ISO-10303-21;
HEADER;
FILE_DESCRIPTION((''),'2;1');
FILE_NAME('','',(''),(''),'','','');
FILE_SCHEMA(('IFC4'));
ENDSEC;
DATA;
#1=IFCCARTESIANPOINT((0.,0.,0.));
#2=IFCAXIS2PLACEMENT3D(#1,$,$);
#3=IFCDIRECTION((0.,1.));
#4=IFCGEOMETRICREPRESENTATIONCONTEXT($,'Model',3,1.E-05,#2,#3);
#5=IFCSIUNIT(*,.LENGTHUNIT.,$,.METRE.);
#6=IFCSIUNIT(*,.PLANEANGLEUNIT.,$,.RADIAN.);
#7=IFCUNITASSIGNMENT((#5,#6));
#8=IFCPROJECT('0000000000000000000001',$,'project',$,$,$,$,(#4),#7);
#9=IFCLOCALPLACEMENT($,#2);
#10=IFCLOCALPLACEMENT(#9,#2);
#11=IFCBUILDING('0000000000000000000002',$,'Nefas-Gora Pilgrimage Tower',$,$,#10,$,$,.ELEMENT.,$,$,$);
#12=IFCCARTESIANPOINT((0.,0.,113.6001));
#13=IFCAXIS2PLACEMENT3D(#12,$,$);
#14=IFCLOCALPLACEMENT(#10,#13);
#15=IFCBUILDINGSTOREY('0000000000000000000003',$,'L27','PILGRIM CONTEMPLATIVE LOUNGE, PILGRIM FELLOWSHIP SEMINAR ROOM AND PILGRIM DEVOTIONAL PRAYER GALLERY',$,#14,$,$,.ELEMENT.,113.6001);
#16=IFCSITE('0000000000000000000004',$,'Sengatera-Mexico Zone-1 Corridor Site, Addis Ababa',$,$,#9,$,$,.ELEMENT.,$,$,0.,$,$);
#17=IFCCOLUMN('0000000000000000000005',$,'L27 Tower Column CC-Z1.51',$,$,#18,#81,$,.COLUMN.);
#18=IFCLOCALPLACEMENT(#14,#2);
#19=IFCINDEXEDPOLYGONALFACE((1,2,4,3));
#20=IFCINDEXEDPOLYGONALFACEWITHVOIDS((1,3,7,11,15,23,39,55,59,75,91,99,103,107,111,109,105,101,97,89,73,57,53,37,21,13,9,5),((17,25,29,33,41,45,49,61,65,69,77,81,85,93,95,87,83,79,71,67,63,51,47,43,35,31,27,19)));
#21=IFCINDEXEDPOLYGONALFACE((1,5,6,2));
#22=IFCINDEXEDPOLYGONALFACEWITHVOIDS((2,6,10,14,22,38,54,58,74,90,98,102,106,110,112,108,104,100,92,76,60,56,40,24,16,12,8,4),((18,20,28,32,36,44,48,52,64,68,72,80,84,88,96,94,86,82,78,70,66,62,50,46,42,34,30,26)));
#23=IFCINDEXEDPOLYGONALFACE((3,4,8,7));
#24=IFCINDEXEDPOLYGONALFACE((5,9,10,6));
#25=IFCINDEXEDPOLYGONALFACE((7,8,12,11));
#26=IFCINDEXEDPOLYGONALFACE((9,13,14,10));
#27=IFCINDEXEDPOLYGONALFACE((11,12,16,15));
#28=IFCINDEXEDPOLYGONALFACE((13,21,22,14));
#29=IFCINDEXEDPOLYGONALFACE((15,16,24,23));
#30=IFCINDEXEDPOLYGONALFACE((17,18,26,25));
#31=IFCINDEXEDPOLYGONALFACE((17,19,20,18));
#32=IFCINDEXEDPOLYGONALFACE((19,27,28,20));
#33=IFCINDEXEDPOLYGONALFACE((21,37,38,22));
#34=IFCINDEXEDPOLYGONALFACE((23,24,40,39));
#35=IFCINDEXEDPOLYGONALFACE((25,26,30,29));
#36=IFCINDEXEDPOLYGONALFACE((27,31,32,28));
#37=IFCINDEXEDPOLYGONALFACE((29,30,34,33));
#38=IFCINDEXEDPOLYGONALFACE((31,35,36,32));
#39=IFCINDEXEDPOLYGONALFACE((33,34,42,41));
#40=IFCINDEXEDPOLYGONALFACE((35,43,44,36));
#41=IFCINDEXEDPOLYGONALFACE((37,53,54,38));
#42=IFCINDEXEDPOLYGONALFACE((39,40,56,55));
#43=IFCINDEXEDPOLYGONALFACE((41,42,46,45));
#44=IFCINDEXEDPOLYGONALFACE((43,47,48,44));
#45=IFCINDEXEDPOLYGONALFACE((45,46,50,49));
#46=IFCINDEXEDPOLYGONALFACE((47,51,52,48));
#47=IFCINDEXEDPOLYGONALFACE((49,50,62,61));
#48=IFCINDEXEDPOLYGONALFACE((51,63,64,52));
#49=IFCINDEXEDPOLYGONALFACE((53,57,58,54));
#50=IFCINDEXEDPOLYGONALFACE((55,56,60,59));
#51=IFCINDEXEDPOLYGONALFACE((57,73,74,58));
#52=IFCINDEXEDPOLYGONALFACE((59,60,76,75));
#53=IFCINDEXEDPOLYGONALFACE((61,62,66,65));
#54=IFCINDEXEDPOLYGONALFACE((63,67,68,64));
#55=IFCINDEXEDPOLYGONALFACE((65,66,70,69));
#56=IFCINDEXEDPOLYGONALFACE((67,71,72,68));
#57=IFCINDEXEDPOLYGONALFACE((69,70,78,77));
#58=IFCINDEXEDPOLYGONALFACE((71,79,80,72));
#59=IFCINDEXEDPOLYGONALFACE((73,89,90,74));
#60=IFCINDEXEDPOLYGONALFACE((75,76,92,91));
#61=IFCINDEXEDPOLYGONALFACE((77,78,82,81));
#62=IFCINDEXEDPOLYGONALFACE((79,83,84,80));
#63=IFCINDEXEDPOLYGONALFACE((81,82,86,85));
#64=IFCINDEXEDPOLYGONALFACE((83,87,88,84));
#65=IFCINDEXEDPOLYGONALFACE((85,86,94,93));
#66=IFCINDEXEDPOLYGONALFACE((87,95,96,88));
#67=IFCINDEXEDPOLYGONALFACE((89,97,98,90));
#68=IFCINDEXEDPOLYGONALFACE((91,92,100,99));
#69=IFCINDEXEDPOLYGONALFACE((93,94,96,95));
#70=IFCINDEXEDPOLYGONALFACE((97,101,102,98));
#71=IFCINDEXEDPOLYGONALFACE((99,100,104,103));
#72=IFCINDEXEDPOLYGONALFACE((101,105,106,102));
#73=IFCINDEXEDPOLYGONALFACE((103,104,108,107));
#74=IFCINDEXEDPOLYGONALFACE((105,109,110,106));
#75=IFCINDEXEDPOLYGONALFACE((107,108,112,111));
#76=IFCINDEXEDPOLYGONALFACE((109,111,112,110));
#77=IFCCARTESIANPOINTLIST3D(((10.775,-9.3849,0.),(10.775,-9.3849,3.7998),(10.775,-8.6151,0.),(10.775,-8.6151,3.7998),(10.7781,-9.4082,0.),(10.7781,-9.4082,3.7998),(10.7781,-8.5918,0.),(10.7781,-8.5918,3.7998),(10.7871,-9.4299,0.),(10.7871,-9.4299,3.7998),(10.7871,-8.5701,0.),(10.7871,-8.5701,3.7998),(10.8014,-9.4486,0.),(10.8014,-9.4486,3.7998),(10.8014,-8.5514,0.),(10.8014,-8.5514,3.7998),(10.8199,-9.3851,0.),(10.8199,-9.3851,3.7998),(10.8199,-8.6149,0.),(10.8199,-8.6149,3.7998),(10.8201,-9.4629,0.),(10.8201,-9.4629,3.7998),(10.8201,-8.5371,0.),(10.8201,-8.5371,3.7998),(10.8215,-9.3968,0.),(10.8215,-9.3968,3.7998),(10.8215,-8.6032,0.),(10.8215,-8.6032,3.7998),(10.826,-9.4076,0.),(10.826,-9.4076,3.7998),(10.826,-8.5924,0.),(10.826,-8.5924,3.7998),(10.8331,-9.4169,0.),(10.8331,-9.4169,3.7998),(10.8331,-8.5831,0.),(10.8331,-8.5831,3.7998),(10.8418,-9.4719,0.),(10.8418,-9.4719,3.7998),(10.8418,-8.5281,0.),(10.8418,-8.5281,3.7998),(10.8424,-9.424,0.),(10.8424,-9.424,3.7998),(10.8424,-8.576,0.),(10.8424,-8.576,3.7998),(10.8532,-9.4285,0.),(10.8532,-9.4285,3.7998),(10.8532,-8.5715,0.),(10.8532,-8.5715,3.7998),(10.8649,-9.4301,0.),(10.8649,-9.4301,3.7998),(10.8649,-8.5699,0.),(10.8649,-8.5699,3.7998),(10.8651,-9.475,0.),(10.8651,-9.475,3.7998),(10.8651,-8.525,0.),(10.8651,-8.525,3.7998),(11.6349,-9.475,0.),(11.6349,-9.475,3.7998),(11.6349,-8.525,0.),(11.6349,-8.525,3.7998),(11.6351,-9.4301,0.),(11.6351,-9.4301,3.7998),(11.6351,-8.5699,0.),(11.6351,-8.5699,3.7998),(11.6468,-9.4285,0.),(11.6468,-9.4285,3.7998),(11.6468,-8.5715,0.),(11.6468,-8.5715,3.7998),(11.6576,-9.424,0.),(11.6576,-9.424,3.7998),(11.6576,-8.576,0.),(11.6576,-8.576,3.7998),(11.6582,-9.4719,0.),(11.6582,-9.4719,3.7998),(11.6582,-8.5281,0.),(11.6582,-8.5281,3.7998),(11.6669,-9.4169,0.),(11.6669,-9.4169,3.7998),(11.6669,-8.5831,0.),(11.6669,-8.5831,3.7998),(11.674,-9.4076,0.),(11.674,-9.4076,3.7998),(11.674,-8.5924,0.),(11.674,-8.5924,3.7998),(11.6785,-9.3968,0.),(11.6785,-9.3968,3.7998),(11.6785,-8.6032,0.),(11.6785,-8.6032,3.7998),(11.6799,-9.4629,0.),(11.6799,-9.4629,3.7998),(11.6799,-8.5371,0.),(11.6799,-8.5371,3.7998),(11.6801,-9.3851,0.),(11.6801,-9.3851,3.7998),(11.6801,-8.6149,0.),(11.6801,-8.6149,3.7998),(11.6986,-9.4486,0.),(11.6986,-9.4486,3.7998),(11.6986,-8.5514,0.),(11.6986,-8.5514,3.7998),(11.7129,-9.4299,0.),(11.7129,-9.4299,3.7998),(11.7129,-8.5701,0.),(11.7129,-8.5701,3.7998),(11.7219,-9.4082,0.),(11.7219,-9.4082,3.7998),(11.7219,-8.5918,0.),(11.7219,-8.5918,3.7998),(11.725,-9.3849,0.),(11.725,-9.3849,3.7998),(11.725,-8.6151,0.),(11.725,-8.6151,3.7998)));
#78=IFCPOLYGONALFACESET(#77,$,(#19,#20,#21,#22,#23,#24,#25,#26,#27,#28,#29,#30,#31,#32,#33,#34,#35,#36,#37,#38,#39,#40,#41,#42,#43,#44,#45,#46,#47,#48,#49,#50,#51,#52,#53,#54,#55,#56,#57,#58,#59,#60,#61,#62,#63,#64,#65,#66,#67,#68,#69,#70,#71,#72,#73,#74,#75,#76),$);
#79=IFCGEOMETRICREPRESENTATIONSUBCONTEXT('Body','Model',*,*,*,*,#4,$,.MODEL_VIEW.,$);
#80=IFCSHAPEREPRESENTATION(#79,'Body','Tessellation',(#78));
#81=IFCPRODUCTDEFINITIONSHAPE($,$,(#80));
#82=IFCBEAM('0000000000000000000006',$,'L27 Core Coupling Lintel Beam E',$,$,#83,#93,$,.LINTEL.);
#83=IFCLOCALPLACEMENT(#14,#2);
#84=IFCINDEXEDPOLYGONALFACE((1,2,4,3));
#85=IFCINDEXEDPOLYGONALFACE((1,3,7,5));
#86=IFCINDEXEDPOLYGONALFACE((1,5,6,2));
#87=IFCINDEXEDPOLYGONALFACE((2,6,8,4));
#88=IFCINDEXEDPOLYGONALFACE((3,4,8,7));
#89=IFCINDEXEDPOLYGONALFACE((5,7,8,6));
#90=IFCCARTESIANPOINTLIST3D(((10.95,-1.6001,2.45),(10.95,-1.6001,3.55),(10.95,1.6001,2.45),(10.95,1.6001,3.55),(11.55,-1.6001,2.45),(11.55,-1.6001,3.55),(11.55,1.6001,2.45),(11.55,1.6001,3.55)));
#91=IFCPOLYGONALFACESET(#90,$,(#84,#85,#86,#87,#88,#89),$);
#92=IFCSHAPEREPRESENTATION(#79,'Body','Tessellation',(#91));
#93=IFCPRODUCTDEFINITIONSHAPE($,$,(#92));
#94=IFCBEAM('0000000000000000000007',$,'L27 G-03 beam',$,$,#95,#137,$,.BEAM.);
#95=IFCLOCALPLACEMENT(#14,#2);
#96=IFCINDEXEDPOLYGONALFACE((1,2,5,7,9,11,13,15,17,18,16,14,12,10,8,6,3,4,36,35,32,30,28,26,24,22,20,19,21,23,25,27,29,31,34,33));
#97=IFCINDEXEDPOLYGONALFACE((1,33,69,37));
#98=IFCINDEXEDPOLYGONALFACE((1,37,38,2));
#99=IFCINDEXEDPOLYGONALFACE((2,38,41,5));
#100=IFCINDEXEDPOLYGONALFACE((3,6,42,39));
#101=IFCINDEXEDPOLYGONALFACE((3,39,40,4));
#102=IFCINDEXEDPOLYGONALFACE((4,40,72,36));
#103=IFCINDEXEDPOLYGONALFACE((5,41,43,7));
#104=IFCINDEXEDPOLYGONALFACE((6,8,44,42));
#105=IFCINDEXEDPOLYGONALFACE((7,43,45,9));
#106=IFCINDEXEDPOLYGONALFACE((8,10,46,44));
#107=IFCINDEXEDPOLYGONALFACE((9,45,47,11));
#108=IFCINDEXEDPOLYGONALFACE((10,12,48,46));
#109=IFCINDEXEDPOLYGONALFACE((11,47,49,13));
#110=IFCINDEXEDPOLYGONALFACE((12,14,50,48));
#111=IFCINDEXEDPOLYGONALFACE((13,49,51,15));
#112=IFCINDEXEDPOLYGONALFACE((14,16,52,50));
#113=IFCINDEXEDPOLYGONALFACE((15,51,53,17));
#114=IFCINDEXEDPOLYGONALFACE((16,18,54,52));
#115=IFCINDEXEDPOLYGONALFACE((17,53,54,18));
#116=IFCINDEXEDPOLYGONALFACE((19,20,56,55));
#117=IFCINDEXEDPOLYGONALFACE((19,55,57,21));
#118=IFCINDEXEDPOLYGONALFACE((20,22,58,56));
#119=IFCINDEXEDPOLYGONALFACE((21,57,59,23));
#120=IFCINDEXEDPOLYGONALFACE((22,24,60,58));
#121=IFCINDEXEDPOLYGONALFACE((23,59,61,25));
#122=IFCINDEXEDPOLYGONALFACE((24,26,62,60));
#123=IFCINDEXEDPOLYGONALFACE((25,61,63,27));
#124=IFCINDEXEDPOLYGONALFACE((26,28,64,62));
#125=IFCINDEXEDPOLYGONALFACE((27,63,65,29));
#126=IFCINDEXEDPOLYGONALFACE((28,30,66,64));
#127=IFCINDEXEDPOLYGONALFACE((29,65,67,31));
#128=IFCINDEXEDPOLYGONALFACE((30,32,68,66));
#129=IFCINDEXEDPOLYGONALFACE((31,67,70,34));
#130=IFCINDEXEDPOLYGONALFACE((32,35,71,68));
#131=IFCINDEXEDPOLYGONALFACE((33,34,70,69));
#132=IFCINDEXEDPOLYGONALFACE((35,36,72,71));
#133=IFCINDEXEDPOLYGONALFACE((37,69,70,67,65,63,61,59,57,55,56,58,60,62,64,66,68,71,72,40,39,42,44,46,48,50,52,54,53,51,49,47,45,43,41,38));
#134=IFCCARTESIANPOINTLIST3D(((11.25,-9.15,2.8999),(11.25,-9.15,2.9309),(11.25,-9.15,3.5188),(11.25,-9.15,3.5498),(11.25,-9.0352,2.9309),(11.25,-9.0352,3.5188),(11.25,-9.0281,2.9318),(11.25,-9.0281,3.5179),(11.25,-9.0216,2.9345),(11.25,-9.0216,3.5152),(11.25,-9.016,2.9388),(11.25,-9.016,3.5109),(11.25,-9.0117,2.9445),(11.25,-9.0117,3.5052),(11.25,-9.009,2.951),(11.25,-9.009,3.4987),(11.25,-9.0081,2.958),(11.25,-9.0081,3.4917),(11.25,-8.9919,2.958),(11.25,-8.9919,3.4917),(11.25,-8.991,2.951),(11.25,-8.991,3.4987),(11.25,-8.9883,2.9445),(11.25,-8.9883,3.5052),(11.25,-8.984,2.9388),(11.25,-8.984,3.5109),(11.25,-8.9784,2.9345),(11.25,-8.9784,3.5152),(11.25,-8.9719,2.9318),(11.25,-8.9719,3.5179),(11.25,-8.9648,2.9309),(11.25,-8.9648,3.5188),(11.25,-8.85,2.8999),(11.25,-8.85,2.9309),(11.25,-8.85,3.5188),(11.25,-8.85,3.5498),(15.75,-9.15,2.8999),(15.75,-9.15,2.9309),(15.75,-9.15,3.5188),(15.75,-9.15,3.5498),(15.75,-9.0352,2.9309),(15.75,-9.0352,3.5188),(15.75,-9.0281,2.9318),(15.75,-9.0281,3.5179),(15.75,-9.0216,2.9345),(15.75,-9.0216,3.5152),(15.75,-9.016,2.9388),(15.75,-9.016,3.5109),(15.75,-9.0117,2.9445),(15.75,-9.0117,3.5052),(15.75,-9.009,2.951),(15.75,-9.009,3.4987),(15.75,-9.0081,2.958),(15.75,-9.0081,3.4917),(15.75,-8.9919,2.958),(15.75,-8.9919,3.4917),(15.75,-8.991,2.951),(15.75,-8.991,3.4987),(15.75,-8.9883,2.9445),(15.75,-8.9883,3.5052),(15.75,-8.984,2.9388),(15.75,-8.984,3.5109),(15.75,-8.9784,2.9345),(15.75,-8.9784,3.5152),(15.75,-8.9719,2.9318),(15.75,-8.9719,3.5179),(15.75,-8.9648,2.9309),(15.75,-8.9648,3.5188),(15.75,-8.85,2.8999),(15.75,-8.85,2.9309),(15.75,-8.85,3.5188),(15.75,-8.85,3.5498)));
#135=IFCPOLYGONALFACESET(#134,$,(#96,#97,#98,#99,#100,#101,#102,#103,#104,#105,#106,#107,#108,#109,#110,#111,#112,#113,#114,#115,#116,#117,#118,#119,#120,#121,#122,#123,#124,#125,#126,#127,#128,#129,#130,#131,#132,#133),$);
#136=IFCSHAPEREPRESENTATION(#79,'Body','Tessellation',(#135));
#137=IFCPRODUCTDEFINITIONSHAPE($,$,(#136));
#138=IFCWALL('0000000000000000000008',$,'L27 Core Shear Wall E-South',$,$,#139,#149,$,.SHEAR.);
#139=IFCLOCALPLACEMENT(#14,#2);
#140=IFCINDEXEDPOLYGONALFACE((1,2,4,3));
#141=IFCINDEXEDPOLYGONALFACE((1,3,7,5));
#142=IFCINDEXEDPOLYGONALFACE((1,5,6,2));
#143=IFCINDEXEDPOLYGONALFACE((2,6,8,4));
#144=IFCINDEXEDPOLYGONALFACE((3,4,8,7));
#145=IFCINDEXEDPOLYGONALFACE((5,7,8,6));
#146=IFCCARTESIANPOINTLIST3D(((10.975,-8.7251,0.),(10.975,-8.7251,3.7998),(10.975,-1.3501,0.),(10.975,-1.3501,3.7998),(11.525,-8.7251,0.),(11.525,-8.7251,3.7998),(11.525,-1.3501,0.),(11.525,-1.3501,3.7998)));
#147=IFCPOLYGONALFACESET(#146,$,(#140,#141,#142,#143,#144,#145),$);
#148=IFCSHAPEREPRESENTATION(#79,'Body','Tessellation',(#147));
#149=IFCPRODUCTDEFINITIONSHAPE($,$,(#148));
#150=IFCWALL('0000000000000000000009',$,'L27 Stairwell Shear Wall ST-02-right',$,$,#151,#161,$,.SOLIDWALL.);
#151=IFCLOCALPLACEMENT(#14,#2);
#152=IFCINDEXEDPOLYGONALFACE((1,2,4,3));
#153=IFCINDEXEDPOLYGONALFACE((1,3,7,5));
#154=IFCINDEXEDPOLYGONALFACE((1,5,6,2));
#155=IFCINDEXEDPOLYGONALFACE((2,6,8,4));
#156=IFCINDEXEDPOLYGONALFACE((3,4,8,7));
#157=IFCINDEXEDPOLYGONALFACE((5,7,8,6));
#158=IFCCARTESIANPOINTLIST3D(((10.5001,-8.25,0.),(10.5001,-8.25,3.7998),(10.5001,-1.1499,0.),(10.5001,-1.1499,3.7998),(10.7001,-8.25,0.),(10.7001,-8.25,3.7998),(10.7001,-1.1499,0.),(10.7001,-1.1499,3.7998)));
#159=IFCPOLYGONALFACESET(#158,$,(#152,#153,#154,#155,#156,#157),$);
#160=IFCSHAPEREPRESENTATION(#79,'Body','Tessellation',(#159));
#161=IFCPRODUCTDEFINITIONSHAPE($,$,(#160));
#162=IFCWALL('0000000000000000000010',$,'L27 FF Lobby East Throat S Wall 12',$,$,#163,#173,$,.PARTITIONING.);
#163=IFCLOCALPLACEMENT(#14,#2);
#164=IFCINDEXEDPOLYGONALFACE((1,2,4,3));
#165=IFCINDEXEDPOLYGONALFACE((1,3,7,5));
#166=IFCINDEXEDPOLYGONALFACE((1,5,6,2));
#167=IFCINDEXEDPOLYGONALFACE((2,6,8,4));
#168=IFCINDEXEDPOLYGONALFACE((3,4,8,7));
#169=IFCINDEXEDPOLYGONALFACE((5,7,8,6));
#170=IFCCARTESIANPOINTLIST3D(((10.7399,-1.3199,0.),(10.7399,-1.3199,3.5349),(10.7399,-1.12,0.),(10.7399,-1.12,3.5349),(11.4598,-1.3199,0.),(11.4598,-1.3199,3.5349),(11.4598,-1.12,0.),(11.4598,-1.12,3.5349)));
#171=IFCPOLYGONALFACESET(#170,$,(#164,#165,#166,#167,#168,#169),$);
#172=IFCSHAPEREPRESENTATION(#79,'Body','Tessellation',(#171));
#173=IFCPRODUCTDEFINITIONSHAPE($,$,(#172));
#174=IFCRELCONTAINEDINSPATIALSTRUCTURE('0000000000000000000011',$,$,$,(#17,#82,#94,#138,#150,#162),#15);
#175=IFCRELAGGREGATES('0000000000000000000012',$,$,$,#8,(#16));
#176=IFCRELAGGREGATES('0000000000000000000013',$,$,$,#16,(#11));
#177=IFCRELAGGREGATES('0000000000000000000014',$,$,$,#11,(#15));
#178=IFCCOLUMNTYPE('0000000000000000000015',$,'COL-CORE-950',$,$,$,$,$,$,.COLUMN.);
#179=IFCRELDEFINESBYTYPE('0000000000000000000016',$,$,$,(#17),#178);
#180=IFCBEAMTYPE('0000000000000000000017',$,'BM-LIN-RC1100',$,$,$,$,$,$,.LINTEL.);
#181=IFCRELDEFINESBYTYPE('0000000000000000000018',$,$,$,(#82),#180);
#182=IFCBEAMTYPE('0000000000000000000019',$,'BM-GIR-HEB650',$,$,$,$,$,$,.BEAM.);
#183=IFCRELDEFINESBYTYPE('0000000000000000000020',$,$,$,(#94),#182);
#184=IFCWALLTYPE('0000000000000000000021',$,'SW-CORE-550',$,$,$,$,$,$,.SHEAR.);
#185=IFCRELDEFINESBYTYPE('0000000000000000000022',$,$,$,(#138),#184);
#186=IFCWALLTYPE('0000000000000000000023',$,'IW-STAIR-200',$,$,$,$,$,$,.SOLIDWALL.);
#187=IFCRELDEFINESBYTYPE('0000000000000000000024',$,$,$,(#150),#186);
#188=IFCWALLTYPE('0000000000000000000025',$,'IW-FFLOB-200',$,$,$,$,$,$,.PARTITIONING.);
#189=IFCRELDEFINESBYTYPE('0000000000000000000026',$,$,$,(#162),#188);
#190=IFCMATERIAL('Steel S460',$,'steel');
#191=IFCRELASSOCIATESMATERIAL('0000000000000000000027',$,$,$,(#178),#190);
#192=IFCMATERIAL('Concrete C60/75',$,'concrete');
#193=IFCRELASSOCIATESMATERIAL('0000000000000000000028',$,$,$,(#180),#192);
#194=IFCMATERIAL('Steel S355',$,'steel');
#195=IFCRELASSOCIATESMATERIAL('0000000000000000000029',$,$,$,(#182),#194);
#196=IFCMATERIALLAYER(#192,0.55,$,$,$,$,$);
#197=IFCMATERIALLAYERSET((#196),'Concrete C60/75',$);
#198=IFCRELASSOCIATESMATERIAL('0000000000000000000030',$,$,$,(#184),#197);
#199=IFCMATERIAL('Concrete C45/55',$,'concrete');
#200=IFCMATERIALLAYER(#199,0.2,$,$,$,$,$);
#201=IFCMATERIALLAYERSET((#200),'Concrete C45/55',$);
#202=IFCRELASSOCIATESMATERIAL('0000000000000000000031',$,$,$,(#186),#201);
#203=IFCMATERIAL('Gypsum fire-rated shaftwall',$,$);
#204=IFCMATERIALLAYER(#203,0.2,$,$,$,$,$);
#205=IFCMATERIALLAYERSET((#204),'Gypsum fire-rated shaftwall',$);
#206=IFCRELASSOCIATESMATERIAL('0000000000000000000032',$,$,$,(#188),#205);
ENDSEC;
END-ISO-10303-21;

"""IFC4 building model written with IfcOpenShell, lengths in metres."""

from ifc_helpers import new_model, si_unit, direction, frame, frame_2d, origin, origin_2d, place, context, subcontext, project, spatial, rectangle, hollow_rectangle, i_section, extrude, source, transform, mapped, material, layer, layer_set, material_profile, profile_set, type_object, element, save


model = new_model("IFC4")

# Units and contexts
model_context = context("Model", 3, precision=1e-05, world=origin(), true_north=direction((0.0, 1.0)))
body_context = subcontext(model_context, "Body", "Model", "MODEL_VIEW")
ifc_project = project(units=[si_unit("LENGTHUNIT", "METRE"), si_unit("PLANEANGLEUNIT", "RADIAN")], contexts=[model_context])

# Site, building, storey
site_placement = place(None, origin())
site = spatial("IfcSite", under=ifc_project, at=site_placement, Name="Sengatera-Mexico Zone-1 Corridor Site, Addis Ababa", CompositionType="ELEMENT", RefElevation=0.0)
building_placement = place(site_placement, origin())
building = spatial("IfcBuilding", under=site, at=building_placement, Name="Nefas-Gora Pilgrimage Tower", CompositionType="ELEMENT")
storey_placement = place(building_placement, frame((0.0, 0.0, 113.6001)))
storey = spatial("IfcBuildingStorey", under=building, at=storey_placement, Name="L27", Description="PILGRIM CONTEMPLATIVE LOUNGE, PILGRIM FELLOWSHIP SEMINAR ROOM AND PILGRIM DEVOTIONAL PRAYER GALLERY", CompositionType="ELEMENT", Elevation=113.6001)

# Column
ifc_material_1 = material(Name="Steel S460", Category="steel")
ifc_material_profile_1 = material_profile(ifc_material_1, hollow_rectangle(XDim=0.95, YDim=0.95, WallThickness=0.0449, InnerFilletRadius=0.0449, OuterFilletRadius=0.0901, at=origin_2d()), Name="BOX 950x950x45")
ifc_profile_set_1 = profile_set([ifc_material_profile_1], Name="Steel S460")
column_type = type_object("IfcColumnType", Name="COL-CORE-950", PredefinedType="COLUMN", material=ifc_profile_set_1)
shared_shape_1 = source(origin(), body_context, "Body", "SweptSolid", [
    extrude(hollow_rectangle(XDim=0.95, YDim=0.95, WallThickness=0.0449, InnerFilletRadius=0.0449, OuterFilletRadius=0.0901, at=origin_2d()), origin(), (0.0, 0.0, 1.0), 3.7998),
])
column_placement = place(storey_placement, frame((11.25, -9.0, 0.0), z_axis=(0.0, 0.0, 1.0), x_axis=(1.0, 0.0, 0.0)))
element("IfcColumn", 1, at=column_placement, inside=storey, type_object=column_type, Name="L27 Tower Column CC-Z1.51", PredefinedType="COLUMN", context=body_context, shape_type="MappedRepresentation", body=[
    mapped(shared_shape_1, transform((0.0, 0.0, 0.0), x_axis=(1.0, 0.0, 0.0), y_axis=(0.0, 1.0, 0.0), z_axis=(0.0, 0.0, 1.0), scale=1.0)),
])

# Beams
ifc_material_2 = material(Name="Concrete C60/75", Category="concrete")
ifc_material_profile_2 = material_profile(ifc_material_2, rectangle(XDim=0.6001, YDim=1.1001, at=origin_2d()), Name="RC 600x1100")
ifc_profile_set_2 = profile_set([ifc_material_profile_2], Name="Concrete C60/75")
beam_type_1 = type_object("IfcBeamType", Name="BM-LIN-RC1100", PredefinedType="LINTEL", material=ifc_profile_set_2)
shared_shape_2 = source(origin(), body_context, "Body", "SweptSolid", [
    extrude(rectangle(XDim=0.6001, YDim=1.1001, at=origin_2d()), origin(), (0.0, 0.0, 1.0), 3.2002),
])
beam_1_placement = place(storey_placement, frame((11.25, -1.6001, 3.0), z_axis=(0.0, 1.0, 0.0), x_axis=(-1.0, 0.0, 0.0)))
element("IfcBeam", 2, at=beam_1_placement, inside=storey, type_object=beam_type_1, Name="L27 Core Coupling Lintel Beam E", PredefinedType="LINTEL", context=body_context, shape_type="MappedRepresentation", body=[
    mapped(shared_shape_2, transform((0.0, 0.0, 0.0), x_axis=(1.0, 0.0, 0.0), y_axis=(0.0, 1.0, 0.0), z_axis=(0.0, 0.0, 1.0), scale=1.0)),
])
ifc_material_3 = material(Name="Steel S355", Category="steel")
ifc_material_profile_3 = material_profile(ifc_material_3, i_section(OverallWidth=0.3, OverallDepth=0.6499, WebThickness=0.0161, FlangeThickness=0.031, FilletRadius=0.0271, at=origin_2d()), Name="HEB 650")
ifc_profile_set_3 = profile_set([ifc_material_profile_3], Name="Steel S355")
beam_type_2 = type_object("IfcBeamType", Name="BM-GIR-HEB650", PredefinedType="BEAM", material=ifc_profile_set_3)
shared_shape_3 = source(origin(), body_context, "Body", "SweptSolid", [
    extrude(i_section(OverallWidth=0.3, OverallDepth=0.6499, WebThickness=0.0161, FlangeThickness=0.031, FilletRadius=0.0271, at=origin_2d()), origin(), (0.0, 0.0, 1.0), 4.5),
])
beam_2_placement = place(storey_placement, frame((11.25, -9.0, 3.2249), z_axis=(1.0, 0.0, 0.0), x_axis=(0.0, 1.0, 0.0)))
element("IfcBeam", 3, at=beam_2_placement, inside=storey, type_object=beam_type_2, Name="L27 G-03 beam", PredefinedType="BEAM", context=body_context, shape_type="MappedRepresentation", body=[
    mapped(shared_shape_3, transform((0.0, 0.0, 0.0), x_axis=(1.0, 0.0, 0.0), y_axis=(0.0, 1.0, 0.0), z_axis=(0.0, 0.0, 1.0), scale=1.0)),
])

# Walls
ifc_layer_1 = layer(ifc_material_2, 0.55)
ifc_layer_set_1 = layer_set([ifc_layer_1], Name="Concrete C60/75")
wall_type_1 = type_object("IfcWallType", Name="SW-CORE-550", PredefinedType="SHEAR", material=ifc_layer_set_1)
shared_shape_4 = source(origin(), body_context, "Body", "SweptSolid", [
    extrude(rectangle(XDim=7.375, YDim=0.55, at=frame_2d((3.6875, 0.0))), origin(), (0.0, 0.0, 1.0), 3.7998),
])
wall_1_placement = place(storey_placement, frame((11.25, -8.7251, 0.0), z_axis=(0.0, 0.0, 1.0), x_axis=(0.0, 1.0, 0.0)))
element("IfcWall", 4, at=wall_1_placement, inside=storey, type_object=wall_type_1, Name="L27 Core Shear Wall E-South", PredefinedType="SHEAR", context=body_context, shape_type="MappedRepresentation", body=[
    mapped(shared_shape_4, transform((0.0, 0.0, 0.0), x_axis=(1.0, 0.0, 0.0), y_axis=(0.0, 1.0, 0.0), z_axis=(0.0, 0.0, 1.0), scale=1.0)),
])
ifc_material_4 = material(Name="Concrete C45/55", Category="concrete")
ifc_layer_2 = layer(ifc_material_4, 0.2)
ifc_layer_set_2 = layer_set([ifc_layer_2], Name="Concrete C45/55")
wall_type_2 = type_object("IfcWallType", Name="IW-STAIR-200", PredefinedType="SOLIDWALL", material=ifc_layer_set_2)
shared_shape_5 = source(origin(), body_context, "Body", "SweptSolid", [
    extrude(rectangle(XDim=7.1001, YDim=0.2, at=frame_2d((3.55, 0.0))), origin(), (0.0, 0.0, 1.0), 3.7998),
])
wall_2_placement = place(storey_placement, frame((10.6001, -1.1499, 0.0), z_axis=(0.0, 0.0, 1.0), x_axis=(0.0, -1.0, 0.0)))
element("IfcWall", 5, at=wall_2_placement, inside=storey, type_object=wall_type_2, Name="L27 Stairwell Shear Wall ST-02-right", PredefinedType="SOLIDWALL", context=body_context, shape_type="MappedRepresentation", body=[
    mapped(shared_shape_5, transform((0.0, 0.0, 0.0), x_axis=(1.0, 0.0, 0.0), y_axis=(0.0, 1.0, 0.0), z_axis=(0.0, 0.0, 1.0), scale=1.0)),
])
ifc_material_5 = material(Name="Gypsum fire-rated shaftwall")
ifc_layer_3 = layer(ifc_material_5, 0.2)
ifc_layer_set_3 = layer_set([ifc_layer_3], Name="Gypsum fire-rated shaftwall")
wall_type_3 = type_object("IfcWallType", Name="IW-FFLOB-200", PredefinedType="PARTITIONING", material=ifc_layer_set_3)
shared_shape_6 = source(origin(), body_context, "Body", "SweptSolid", [
    extrude(rectangle(XDim=0.72, YDim=0.2, at=frame_2d((0.3599, 0.0))), origin(), (0.0, 0.0, 1.0), 3.5349),
])
wall_3_placement = place(storey_placement, frame((10.74, -1.22, 0.0), z_axis=(0.0, 0.0, 1.0), x_axis=(1.0, 0.0, 0.0)))
element("IfcWall", 6, at=wall_3_placement, inside=storey, type_object=wall_type_3, Name="L27 FF Lobby East Throat S Wall 12", PredefinedType="PARTITIONING", context=body_context, shape_type="MappedRepresentation", body=[
    mapped(shared_shape_6, transform((0.0, 0.0, 0.0), x_axis=(1.0, 0.0, 0.0), y_axis=(0.0, 1.0, 0.0), z_axis=(0.0, 0.0, 1.0), scale=1.0)),
])

save(model, "model.ifc")
